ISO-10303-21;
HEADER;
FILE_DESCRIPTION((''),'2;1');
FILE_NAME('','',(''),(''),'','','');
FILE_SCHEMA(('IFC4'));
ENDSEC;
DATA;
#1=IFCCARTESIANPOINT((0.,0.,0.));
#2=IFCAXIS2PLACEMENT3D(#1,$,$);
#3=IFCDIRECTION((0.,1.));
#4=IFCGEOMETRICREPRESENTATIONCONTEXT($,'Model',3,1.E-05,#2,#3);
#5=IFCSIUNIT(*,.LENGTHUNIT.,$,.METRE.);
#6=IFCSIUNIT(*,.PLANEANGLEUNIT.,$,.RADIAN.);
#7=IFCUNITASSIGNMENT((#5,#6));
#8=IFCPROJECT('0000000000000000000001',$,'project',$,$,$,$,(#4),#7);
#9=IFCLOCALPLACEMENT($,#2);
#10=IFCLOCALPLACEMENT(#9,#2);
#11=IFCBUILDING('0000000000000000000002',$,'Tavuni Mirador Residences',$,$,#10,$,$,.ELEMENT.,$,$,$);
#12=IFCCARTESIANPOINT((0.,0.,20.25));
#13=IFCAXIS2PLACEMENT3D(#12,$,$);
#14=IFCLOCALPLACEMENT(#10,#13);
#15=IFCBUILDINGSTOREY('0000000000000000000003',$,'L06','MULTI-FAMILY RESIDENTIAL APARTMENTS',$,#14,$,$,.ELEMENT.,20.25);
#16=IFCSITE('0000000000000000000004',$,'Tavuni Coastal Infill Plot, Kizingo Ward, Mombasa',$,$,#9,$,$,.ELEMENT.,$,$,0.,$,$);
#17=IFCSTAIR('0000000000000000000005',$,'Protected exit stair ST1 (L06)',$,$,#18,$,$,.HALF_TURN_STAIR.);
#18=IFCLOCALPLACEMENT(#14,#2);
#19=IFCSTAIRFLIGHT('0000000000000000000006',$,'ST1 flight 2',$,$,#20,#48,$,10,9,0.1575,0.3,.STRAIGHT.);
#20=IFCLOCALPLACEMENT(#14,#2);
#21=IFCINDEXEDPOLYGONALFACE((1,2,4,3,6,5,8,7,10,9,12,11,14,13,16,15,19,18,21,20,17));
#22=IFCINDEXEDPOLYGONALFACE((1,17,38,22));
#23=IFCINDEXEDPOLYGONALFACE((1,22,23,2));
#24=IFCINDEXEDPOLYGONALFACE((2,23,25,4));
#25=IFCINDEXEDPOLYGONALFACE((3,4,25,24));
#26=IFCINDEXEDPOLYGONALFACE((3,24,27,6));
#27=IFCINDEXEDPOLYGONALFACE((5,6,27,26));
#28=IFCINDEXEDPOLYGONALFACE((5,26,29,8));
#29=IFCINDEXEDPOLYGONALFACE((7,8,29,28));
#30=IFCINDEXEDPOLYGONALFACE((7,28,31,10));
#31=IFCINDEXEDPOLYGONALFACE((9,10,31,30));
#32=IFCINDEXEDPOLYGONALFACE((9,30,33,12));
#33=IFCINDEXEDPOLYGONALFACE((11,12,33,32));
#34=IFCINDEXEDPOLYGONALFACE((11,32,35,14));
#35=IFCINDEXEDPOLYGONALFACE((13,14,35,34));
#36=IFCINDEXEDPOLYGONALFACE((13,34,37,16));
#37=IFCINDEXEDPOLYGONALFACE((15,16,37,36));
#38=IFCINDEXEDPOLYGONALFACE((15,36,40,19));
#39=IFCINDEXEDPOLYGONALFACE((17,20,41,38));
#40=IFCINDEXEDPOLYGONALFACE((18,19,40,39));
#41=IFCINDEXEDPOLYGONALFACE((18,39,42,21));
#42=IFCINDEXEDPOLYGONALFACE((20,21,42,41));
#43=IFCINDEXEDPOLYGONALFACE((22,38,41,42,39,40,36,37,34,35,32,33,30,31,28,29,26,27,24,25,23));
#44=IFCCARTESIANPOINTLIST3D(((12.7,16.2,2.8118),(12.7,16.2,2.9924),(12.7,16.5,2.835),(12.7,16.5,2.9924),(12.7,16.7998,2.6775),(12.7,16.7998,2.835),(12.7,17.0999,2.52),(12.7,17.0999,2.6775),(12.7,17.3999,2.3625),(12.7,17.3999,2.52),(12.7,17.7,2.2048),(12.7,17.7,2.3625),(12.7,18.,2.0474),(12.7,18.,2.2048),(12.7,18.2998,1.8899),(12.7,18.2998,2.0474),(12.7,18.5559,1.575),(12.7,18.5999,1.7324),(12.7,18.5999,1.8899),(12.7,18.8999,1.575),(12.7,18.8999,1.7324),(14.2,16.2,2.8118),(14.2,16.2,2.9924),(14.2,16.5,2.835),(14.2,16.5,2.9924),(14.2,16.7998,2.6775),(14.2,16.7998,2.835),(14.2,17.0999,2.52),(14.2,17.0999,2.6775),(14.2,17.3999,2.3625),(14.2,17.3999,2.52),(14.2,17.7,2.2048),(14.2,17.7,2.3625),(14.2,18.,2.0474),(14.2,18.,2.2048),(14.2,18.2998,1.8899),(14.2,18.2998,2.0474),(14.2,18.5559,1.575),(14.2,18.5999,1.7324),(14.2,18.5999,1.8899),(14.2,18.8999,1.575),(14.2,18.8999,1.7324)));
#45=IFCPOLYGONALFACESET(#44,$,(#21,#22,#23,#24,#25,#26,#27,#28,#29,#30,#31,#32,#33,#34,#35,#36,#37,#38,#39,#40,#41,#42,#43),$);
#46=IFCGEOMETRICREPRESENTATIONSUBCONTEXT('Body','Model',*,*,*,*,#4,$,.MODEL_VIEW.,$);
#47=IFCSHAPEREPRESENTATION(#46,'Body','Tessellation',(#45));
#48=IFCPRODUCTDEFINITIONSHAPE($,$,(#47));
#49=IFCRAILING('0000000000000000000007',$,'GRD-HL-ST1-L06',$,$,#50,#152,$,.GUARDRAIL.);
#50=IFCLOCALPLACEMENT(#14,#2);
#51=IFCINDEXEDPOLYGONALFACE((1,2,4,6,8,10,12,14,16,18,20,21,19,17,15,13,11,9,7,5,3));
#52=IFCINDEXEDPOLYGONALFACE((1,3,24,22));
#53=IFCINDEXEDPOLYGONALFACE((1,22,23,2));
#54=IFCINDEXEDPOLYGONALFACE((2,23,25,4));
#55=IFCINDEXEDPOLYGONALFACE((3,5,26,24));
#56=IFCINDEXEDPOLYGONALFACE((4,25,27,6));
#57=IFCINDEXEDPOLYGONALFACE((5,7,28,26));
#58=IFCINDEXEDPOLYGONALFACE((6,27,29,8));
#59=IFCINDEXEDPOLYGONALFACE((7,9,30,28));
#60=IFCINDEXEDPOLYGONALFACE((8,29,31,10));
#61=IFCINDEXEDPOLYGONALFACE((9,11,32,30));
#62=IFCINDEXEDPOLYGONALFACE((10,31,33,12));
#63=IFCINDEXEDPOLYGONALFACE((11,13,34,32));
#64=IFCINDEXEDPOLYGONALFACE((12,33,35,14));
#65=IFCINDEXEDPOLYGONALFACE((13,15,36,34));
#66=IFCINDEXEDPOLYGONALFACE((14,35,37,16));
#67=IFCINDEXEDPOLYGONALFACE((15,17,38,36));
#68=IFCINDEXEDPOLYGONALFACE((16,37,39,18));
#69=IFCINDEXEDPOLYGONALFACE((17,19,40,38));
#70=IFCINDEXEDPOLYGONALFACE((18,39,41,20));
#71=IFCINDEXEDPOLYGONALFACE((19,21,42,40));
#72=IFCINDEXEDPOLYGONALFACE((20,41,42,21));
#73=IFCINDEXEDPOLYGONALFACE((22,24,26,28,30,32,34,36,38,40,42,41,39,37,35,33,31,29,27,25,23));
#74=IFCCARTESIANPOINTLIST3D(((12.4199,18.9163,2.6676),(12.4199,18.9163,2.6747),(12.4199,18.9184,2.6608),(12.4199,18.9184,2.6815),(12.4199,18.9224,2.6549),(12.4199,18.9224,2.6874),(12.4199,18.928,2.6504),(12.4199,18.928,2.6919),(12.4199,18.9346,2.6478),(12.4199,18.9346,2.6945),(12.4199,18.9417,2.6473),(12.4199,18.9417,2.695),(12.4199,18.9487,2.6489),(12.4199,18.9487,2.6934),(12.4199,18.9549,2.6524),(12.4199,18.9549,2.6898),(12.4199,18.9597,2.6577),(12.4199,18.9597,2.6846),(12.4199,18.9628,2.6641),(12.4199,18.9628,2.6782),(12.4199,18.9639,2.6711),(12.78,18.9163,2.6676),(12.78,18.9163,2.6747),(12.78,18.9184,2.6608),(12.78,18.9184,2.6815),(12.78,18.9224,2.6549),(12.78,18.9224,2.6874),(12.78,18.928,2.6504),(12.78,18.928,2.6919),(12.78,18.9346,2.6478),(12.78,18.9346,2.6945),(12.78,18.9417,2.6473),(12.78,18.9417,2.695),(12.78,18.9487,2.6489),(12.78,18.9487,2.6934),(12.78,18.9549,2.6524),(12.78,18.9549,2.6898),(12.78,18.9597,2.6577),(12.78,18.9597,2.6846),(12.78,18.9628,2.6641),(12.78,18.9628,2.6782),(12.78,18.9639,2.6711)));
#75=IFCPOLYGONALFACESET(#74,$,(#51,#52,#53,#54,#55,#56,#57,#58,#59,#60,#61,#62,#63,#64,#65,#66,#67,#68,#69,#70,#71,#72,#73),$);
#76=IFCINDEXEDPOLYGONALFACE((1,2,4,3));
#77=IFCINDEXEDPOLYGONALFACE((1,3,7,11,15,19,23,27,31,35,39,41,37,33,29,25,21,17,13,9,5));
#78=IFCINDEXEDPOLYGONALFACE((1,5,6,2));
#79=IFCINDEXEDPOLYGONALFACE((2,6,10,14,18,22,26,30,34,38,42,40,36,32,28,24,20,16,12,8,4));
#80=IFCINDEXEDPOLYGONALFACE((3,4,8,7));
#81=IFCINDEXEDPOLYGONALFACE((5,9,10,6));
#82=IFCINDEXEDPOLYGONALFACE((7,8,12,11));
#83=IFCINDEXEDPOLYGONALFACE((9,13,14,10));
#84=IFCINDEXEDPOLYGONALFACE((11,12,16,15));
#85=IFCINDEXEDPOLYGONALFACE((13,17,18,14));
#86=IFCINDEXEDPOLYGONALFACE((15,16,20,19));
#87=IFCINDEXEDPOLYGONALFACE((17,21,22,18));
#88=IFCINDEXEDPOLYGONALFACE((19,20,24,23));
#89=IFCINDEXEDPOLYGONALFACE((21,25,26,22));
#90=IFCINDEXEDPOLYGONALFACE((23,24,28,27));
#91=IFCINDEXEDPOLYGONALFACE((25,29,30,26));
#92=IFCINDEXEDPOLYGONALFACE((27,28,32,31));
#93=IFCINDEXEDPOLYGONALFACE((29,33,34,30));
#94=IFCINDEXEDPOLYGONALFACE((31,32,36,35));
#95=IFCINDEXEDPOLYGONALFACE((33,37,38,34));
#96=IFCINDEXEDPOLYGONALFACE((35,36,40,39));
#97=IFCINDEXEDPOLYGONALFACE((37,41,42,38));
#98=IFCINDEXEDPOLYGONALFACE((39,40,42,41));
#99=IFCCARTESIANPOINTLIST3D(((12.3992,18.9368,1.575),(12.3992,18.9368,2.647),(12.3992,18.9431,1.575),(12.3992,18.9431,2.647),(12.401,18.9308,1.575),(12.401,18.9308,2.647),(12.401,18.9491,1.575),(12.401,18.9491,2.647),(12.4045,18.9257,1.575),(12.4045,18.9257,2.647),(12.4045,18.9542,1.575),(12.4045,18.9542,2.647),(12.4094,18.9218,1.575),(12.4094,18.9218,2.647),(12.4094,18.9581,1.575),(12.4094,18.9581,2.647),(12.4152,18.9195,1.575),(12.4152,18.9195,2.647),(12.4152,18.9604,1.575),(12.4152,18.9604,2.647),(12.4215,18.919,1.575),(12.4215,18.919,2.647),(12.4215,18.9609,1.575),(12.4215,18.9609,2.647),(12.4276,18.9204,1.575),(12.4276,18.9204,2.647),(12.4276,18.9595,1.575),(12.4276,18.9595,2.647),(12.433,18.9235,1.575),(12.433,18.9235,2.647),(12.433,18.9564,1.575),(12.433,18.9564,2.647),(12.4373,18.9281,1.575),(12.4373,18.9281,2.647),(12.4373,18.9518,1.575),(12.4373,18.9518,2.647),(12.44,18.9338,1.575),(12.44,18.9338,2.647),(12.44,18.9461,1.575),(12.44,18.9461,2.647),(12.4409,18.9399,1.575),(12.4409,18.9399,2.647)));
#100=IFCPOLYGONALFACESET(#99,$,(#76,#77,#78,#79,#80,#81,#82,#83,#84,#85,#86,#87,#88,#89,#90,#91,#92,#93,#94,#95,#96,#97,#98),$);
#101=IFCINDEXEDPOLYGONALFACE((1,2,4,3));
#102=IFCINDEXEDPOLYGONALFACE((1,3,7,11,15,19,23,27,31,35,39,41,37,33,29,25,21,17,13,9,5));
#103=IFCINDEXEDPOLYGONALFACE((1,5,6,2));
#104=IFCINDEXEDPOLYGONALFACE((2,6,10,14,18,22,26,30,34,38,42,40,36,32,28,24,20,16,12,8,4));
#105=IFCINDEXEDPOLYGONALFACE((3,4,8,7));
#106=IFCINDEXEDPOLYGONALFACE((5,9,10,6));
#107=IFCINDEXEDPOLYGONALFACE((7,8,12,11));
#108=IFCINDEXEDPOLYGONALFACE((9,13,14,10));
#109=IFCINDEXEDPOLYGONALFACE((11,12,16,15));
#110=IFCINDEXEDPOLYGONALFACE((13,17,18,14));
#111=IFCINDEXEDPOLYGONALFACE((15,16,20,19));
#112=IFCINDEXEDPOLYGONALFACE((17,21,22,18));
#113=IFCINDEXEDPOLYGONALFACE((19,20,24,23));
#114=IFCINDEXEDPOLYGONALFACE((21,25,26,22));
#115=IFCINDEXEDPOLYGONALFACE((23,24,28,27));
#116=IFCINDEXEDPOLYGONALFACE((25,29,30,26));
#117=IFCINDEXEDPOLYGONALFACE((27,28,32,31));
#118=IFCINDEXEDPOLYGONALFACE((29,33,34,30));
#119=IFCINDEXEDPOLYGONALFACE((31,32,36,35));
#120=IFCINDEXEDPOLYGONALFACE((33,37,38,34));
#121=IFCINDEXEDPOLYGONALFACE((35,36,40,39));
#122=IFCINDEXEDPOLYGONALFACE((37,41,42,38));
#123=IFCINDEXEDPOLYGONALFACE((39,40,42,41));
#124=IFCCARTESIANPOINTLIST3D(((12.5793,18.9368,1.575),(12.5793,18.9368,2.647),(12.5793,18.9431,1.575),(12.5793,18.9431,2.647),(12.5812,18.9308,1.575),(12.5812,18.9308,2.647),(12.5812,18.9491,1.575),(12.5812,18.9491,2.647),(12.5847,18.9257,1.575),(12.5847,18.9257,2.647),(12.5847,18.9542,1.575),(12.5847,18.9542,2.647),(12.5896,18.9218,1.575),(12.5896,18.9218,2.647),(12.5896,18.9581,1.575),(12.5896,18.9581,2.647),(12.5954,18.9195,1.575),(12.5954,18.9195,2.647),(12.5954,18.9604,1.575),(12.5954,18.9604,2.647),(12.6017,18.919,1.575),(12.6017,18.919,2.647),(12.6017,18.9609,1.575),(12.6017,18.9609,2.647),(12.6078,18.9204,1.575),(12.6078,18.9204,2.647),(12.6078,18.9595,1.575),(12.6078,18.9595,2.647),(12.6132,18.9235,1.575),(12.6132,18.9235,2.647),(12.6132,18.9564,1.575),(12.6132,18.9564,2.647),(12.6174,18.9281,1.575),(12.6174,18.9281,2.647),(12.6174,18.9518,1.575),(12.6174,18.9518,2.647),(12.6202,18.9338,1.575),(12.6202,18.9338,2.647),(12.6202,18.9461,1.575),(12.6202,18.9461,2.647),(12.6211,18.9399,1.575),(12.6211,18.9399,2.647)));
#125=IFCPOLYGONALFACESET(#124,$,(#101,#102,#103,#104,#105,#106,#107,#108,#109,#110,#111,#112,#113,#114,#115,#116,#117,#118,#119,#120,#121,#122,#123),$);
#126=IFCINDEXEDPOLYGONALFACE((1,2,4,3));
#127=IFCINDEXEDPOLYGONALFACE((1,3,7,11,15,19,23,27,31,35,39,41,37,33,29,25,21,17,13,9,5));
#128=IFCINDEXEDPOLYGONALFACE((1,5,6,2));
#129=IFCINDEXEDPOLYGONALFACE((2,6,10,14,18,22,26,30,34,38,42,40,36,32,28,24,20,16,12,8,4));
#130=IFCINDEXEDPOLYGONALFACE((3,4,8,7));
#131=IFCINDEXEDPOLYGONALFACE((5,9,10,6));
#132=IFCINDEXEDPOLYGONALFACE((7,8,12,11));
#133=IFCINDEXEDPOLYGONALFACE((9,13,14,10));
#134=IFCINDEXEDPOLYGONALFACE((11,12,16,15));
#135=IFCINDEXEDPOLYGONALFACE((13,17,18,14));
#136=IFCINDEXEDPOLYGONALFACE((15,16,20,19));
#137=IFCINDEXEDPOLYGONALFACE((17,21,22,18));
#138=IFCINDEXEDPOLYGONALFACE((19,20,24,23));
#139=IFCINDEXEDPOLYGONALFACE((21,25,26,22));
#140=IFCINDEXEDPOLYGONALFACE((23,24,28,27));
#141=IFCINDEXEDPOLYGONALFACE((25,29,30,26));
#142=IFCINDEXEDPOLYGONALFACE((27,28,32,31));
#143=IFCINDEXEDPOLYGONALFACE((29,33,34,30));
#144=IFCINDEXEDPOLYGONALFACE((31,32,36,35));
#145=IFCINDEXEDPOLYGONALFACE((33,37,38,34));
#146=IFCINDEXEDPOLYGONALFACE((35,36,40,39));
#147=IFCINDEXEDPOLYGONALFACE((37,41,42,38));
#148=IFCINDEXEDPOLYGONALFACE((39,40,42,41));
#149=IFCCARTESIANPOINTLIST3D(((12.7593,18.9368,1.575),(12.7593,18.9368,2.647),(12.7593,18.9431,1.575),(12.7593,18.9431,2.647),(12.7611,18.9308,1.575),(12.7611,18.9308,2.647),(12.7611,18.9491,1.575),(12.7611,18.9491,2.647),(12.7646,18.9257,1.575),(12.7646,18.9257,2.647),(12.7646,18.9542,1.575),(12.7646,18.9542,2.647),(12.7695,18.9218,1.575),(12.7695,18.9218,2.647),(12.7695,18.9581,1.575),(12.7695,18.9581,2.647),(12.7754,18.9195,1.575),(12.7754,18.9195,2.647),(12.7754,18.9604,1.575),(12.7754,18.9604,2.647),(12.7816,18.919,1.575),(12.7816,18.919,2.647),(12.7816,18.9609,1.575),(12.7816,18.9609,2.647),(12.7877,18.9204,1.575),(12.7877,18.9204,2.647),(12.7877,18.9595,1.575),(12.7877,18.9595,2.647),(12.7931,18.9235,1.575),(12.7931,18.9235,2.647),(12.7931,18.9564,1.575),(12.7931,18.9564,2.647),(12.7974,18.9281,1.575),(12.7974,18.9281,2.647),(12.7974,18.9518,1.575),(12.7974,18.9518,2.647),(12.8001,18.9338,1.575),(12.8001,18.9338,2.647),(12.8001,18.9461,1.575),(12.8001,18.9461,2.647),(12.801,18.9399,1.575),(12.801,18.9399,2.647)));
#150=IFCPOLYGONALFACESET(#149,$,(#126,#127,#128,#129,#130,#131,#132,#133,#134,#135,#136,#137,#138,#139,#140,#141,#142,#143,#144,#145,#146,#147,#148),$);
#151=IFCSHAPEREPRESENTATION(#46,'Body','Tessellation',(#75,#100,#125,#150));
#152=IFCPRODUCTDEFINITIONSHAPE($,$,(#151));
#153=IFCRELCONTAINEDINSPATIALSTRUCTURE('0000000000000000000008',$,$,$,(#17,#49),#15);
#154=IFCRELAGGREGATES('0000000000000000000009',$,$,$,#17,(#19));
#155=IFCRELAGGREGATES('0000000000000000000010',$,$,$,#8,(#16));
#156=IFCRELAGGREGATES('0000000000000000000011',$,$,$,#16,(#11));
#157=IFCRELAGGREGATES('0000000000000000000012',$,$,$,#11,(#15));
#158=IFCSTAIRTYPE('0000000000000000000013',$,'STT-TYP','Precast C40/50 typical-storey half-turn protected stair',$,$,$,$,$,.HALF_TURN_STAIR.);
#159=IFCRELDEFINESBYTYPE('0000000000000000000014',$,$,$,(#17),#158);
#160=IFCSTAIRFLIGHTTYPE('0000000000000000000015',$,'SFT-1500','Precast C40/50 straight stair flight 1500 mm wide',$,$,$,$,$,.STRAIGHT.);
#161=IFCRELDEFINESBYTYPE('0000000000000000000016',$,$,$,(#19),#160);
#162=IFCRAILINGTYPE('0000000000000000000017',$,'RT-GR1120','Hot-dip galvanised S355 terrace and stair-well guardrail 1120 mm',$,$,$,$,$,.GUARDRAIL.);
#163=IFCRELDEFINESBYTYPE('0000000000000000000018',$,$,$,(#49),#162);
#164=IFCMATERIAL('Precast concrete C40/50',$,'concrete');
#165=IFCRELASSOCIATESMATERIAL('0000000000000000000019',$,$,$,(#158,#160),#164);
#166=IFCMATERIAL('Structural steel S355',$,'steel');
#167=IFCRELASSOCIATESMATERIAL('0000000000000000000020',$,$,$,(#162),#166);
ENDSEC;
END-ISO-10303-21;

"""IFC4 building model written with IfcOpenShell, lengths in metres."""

from ifc_helpers import new_model, si_unit, direction, frame, origin, origin_2d, place, context, subcontext, project, spatial, polyline, circle, outline, extrude, material, type_object, element, aggregate, save


model = new_model("IFC4")

# Units and contexts
model_context = context("Model", 3, precision=1e-05, world=origin(), true_north=direction((0.0, 1.0)))
body_context = subcontext(model_context, "Body", "Model", "MODEL_VIEW")
ifc_project = project(units=[si_unit("LENGTHUNIT", "METRE"), si_unit("PLANEANGLEUNIT", "RADIAN")], contexts=[model_context])

# Site, building, storey
site_placement = place(None, origin())
site = spatial("IfcSite", under=ifc_project, at=site_placement, Name="Tavuni Coastal Infill Plot, Kizingo Ward, Mombasa", CompositionType="ELEMENT", RefElevation=0.0)
building_placement = place(site_placement, origin())
building = spatial("IfcBuilding", under=site, at=building_placement, Name="Tavuni Mirador Residences", CompositionType="ELEMENT")
storey_placement = place(building_placement, frame((0.0, 0.0, 20.25)))
storey = spatial("IfcBuildingStorey", under=building, at=storey_placement, Name="L06", Description="MULTI-FAMILY RESIDENTIAL APARTMENTS", CompositionType="ELEMENT", Elevation=20.25)

# Shared definitions
ifc_material_1 = material(Name="Precast concrete C40/50", Category="concrete")

# Shared definitions
ifc_material_2 = material(Name="Structural steel S355", Category="steel")

# Stair, stair flight
stair_type = type_object("IfcStairType", Name="STT-TYP", Description="Precast C40/50 typical-storey half-turn protected stair", PredefinedType="HALF_TURN_STAIR", material=ifc_material_1)
stair_placement = place(storey_placement, origin())
stair = element("IfcStair", 1, at=stair_placement, inside=storey, type_object=stair_type, Name="Protected exit stair ST1 (L06)", PredefinedType="HALF_TURN_STAIR")
stair_flight_type = type_object("IfcStairFlightType", Name="SFT-1500", Description="Precast C40/50 straight stair flight 1500 mm wide", PredefinedType="STRAIGHT", material=ifc_material_1)
stair_flight_1_placement = place(storey_placement, frame((13.45, 18.8999, 1.575), z_axis=(0.0, 0.0, 1.0), x_axis=(0.0, -1.0, 0.0)))
stair_flight_1 = element("IfcStairFlight", 2, at=stair_flight_1_placement, type_object=stair_flight_type, Name="ST1 flight 2", NumberOfRisers=10, NumberOfTreads=9, PredefinedType="STRAIGHT", RiserHeight=0.1575, TreadLength=0.3, context=body_context, shape_type="SweptSolid", body=[
    extrude(outline(polyline([(0.0, 0.0), (0.0, 0.1575), (0.3, 0.1575), (0.3, 0.3149), (0.6001, 0.3149), (0.6001, 0.4724), (0.8999, 0.4724), (0.8999, 0.6299), (1.2, 0.6299), (1.2, 0.7876), (1.5, 0.7876), (1.5, 0.9451), (1.8, 0.9451), (1.8, 1.1025), (2.1001, 1.1025), (2.1001, 1.26), (2.3999, 1.26), (2.3999, 1.4175), (2.7, 1.4175), (2.7, 1.575), (2.7, 1.2368), (0.344, 0.0), (0.0, 0.0)])), frame((0.0, 0.75, 0.0), z_axis=(0.0, -1.0, 0.0), x_axis=(1.0, 0.0, 0.0)), (0.0, 0.0, 1.0), 1.5),
])
aggregate(stair, [stair_flight_1])

# Railing
railing_type_1 = type_object("IfcRailingType", Name="RT-GR1120", Description="Hot-dip galvanised S355 terrace and stair-well guardrail 1120 mm", PredefinedType="GUARDRAIL", material=ifc_material_2)
railing_1_placement = place(storey_placement, frame((12.4199, 18.9399, 1.575)))
element("IfcRailing", 3, at=railing_1_placement, inside=storey, type_object=railing_type_1, Name="GRD-HL-ST1-L06", PredefinedType="GUARDRAIL", context=body_context, shape_type="SweptSolid", body=[
    extrude(circle(Radius=0.0239, at=origin_2d()), frame((0.0, 0.0, 1.0962), z_axis=(1.0, 0.0, 0.0), x_axis=(0.0, 1.0, 0.0)), (0.0, 0.0, 1.0), 0.3601),
    extrude(circle(Radius=0.021, at=origin_2d()), origin(), (0.0, 0.0, 1.0), 1.072),
    extrude(circle(Radius=0.021, at=origin_2d()), frame((0.1802, 0.0, 0.0)), (0.0, 0.0, 1.0), 1.072),
    extrude(circle(Radius=0.021, at=origin_2d()), frame((0.3601, 0.0, 0.0)), (0.0, 0.0, 1.0), 1.072),
])

save(model, "model.ifc")
